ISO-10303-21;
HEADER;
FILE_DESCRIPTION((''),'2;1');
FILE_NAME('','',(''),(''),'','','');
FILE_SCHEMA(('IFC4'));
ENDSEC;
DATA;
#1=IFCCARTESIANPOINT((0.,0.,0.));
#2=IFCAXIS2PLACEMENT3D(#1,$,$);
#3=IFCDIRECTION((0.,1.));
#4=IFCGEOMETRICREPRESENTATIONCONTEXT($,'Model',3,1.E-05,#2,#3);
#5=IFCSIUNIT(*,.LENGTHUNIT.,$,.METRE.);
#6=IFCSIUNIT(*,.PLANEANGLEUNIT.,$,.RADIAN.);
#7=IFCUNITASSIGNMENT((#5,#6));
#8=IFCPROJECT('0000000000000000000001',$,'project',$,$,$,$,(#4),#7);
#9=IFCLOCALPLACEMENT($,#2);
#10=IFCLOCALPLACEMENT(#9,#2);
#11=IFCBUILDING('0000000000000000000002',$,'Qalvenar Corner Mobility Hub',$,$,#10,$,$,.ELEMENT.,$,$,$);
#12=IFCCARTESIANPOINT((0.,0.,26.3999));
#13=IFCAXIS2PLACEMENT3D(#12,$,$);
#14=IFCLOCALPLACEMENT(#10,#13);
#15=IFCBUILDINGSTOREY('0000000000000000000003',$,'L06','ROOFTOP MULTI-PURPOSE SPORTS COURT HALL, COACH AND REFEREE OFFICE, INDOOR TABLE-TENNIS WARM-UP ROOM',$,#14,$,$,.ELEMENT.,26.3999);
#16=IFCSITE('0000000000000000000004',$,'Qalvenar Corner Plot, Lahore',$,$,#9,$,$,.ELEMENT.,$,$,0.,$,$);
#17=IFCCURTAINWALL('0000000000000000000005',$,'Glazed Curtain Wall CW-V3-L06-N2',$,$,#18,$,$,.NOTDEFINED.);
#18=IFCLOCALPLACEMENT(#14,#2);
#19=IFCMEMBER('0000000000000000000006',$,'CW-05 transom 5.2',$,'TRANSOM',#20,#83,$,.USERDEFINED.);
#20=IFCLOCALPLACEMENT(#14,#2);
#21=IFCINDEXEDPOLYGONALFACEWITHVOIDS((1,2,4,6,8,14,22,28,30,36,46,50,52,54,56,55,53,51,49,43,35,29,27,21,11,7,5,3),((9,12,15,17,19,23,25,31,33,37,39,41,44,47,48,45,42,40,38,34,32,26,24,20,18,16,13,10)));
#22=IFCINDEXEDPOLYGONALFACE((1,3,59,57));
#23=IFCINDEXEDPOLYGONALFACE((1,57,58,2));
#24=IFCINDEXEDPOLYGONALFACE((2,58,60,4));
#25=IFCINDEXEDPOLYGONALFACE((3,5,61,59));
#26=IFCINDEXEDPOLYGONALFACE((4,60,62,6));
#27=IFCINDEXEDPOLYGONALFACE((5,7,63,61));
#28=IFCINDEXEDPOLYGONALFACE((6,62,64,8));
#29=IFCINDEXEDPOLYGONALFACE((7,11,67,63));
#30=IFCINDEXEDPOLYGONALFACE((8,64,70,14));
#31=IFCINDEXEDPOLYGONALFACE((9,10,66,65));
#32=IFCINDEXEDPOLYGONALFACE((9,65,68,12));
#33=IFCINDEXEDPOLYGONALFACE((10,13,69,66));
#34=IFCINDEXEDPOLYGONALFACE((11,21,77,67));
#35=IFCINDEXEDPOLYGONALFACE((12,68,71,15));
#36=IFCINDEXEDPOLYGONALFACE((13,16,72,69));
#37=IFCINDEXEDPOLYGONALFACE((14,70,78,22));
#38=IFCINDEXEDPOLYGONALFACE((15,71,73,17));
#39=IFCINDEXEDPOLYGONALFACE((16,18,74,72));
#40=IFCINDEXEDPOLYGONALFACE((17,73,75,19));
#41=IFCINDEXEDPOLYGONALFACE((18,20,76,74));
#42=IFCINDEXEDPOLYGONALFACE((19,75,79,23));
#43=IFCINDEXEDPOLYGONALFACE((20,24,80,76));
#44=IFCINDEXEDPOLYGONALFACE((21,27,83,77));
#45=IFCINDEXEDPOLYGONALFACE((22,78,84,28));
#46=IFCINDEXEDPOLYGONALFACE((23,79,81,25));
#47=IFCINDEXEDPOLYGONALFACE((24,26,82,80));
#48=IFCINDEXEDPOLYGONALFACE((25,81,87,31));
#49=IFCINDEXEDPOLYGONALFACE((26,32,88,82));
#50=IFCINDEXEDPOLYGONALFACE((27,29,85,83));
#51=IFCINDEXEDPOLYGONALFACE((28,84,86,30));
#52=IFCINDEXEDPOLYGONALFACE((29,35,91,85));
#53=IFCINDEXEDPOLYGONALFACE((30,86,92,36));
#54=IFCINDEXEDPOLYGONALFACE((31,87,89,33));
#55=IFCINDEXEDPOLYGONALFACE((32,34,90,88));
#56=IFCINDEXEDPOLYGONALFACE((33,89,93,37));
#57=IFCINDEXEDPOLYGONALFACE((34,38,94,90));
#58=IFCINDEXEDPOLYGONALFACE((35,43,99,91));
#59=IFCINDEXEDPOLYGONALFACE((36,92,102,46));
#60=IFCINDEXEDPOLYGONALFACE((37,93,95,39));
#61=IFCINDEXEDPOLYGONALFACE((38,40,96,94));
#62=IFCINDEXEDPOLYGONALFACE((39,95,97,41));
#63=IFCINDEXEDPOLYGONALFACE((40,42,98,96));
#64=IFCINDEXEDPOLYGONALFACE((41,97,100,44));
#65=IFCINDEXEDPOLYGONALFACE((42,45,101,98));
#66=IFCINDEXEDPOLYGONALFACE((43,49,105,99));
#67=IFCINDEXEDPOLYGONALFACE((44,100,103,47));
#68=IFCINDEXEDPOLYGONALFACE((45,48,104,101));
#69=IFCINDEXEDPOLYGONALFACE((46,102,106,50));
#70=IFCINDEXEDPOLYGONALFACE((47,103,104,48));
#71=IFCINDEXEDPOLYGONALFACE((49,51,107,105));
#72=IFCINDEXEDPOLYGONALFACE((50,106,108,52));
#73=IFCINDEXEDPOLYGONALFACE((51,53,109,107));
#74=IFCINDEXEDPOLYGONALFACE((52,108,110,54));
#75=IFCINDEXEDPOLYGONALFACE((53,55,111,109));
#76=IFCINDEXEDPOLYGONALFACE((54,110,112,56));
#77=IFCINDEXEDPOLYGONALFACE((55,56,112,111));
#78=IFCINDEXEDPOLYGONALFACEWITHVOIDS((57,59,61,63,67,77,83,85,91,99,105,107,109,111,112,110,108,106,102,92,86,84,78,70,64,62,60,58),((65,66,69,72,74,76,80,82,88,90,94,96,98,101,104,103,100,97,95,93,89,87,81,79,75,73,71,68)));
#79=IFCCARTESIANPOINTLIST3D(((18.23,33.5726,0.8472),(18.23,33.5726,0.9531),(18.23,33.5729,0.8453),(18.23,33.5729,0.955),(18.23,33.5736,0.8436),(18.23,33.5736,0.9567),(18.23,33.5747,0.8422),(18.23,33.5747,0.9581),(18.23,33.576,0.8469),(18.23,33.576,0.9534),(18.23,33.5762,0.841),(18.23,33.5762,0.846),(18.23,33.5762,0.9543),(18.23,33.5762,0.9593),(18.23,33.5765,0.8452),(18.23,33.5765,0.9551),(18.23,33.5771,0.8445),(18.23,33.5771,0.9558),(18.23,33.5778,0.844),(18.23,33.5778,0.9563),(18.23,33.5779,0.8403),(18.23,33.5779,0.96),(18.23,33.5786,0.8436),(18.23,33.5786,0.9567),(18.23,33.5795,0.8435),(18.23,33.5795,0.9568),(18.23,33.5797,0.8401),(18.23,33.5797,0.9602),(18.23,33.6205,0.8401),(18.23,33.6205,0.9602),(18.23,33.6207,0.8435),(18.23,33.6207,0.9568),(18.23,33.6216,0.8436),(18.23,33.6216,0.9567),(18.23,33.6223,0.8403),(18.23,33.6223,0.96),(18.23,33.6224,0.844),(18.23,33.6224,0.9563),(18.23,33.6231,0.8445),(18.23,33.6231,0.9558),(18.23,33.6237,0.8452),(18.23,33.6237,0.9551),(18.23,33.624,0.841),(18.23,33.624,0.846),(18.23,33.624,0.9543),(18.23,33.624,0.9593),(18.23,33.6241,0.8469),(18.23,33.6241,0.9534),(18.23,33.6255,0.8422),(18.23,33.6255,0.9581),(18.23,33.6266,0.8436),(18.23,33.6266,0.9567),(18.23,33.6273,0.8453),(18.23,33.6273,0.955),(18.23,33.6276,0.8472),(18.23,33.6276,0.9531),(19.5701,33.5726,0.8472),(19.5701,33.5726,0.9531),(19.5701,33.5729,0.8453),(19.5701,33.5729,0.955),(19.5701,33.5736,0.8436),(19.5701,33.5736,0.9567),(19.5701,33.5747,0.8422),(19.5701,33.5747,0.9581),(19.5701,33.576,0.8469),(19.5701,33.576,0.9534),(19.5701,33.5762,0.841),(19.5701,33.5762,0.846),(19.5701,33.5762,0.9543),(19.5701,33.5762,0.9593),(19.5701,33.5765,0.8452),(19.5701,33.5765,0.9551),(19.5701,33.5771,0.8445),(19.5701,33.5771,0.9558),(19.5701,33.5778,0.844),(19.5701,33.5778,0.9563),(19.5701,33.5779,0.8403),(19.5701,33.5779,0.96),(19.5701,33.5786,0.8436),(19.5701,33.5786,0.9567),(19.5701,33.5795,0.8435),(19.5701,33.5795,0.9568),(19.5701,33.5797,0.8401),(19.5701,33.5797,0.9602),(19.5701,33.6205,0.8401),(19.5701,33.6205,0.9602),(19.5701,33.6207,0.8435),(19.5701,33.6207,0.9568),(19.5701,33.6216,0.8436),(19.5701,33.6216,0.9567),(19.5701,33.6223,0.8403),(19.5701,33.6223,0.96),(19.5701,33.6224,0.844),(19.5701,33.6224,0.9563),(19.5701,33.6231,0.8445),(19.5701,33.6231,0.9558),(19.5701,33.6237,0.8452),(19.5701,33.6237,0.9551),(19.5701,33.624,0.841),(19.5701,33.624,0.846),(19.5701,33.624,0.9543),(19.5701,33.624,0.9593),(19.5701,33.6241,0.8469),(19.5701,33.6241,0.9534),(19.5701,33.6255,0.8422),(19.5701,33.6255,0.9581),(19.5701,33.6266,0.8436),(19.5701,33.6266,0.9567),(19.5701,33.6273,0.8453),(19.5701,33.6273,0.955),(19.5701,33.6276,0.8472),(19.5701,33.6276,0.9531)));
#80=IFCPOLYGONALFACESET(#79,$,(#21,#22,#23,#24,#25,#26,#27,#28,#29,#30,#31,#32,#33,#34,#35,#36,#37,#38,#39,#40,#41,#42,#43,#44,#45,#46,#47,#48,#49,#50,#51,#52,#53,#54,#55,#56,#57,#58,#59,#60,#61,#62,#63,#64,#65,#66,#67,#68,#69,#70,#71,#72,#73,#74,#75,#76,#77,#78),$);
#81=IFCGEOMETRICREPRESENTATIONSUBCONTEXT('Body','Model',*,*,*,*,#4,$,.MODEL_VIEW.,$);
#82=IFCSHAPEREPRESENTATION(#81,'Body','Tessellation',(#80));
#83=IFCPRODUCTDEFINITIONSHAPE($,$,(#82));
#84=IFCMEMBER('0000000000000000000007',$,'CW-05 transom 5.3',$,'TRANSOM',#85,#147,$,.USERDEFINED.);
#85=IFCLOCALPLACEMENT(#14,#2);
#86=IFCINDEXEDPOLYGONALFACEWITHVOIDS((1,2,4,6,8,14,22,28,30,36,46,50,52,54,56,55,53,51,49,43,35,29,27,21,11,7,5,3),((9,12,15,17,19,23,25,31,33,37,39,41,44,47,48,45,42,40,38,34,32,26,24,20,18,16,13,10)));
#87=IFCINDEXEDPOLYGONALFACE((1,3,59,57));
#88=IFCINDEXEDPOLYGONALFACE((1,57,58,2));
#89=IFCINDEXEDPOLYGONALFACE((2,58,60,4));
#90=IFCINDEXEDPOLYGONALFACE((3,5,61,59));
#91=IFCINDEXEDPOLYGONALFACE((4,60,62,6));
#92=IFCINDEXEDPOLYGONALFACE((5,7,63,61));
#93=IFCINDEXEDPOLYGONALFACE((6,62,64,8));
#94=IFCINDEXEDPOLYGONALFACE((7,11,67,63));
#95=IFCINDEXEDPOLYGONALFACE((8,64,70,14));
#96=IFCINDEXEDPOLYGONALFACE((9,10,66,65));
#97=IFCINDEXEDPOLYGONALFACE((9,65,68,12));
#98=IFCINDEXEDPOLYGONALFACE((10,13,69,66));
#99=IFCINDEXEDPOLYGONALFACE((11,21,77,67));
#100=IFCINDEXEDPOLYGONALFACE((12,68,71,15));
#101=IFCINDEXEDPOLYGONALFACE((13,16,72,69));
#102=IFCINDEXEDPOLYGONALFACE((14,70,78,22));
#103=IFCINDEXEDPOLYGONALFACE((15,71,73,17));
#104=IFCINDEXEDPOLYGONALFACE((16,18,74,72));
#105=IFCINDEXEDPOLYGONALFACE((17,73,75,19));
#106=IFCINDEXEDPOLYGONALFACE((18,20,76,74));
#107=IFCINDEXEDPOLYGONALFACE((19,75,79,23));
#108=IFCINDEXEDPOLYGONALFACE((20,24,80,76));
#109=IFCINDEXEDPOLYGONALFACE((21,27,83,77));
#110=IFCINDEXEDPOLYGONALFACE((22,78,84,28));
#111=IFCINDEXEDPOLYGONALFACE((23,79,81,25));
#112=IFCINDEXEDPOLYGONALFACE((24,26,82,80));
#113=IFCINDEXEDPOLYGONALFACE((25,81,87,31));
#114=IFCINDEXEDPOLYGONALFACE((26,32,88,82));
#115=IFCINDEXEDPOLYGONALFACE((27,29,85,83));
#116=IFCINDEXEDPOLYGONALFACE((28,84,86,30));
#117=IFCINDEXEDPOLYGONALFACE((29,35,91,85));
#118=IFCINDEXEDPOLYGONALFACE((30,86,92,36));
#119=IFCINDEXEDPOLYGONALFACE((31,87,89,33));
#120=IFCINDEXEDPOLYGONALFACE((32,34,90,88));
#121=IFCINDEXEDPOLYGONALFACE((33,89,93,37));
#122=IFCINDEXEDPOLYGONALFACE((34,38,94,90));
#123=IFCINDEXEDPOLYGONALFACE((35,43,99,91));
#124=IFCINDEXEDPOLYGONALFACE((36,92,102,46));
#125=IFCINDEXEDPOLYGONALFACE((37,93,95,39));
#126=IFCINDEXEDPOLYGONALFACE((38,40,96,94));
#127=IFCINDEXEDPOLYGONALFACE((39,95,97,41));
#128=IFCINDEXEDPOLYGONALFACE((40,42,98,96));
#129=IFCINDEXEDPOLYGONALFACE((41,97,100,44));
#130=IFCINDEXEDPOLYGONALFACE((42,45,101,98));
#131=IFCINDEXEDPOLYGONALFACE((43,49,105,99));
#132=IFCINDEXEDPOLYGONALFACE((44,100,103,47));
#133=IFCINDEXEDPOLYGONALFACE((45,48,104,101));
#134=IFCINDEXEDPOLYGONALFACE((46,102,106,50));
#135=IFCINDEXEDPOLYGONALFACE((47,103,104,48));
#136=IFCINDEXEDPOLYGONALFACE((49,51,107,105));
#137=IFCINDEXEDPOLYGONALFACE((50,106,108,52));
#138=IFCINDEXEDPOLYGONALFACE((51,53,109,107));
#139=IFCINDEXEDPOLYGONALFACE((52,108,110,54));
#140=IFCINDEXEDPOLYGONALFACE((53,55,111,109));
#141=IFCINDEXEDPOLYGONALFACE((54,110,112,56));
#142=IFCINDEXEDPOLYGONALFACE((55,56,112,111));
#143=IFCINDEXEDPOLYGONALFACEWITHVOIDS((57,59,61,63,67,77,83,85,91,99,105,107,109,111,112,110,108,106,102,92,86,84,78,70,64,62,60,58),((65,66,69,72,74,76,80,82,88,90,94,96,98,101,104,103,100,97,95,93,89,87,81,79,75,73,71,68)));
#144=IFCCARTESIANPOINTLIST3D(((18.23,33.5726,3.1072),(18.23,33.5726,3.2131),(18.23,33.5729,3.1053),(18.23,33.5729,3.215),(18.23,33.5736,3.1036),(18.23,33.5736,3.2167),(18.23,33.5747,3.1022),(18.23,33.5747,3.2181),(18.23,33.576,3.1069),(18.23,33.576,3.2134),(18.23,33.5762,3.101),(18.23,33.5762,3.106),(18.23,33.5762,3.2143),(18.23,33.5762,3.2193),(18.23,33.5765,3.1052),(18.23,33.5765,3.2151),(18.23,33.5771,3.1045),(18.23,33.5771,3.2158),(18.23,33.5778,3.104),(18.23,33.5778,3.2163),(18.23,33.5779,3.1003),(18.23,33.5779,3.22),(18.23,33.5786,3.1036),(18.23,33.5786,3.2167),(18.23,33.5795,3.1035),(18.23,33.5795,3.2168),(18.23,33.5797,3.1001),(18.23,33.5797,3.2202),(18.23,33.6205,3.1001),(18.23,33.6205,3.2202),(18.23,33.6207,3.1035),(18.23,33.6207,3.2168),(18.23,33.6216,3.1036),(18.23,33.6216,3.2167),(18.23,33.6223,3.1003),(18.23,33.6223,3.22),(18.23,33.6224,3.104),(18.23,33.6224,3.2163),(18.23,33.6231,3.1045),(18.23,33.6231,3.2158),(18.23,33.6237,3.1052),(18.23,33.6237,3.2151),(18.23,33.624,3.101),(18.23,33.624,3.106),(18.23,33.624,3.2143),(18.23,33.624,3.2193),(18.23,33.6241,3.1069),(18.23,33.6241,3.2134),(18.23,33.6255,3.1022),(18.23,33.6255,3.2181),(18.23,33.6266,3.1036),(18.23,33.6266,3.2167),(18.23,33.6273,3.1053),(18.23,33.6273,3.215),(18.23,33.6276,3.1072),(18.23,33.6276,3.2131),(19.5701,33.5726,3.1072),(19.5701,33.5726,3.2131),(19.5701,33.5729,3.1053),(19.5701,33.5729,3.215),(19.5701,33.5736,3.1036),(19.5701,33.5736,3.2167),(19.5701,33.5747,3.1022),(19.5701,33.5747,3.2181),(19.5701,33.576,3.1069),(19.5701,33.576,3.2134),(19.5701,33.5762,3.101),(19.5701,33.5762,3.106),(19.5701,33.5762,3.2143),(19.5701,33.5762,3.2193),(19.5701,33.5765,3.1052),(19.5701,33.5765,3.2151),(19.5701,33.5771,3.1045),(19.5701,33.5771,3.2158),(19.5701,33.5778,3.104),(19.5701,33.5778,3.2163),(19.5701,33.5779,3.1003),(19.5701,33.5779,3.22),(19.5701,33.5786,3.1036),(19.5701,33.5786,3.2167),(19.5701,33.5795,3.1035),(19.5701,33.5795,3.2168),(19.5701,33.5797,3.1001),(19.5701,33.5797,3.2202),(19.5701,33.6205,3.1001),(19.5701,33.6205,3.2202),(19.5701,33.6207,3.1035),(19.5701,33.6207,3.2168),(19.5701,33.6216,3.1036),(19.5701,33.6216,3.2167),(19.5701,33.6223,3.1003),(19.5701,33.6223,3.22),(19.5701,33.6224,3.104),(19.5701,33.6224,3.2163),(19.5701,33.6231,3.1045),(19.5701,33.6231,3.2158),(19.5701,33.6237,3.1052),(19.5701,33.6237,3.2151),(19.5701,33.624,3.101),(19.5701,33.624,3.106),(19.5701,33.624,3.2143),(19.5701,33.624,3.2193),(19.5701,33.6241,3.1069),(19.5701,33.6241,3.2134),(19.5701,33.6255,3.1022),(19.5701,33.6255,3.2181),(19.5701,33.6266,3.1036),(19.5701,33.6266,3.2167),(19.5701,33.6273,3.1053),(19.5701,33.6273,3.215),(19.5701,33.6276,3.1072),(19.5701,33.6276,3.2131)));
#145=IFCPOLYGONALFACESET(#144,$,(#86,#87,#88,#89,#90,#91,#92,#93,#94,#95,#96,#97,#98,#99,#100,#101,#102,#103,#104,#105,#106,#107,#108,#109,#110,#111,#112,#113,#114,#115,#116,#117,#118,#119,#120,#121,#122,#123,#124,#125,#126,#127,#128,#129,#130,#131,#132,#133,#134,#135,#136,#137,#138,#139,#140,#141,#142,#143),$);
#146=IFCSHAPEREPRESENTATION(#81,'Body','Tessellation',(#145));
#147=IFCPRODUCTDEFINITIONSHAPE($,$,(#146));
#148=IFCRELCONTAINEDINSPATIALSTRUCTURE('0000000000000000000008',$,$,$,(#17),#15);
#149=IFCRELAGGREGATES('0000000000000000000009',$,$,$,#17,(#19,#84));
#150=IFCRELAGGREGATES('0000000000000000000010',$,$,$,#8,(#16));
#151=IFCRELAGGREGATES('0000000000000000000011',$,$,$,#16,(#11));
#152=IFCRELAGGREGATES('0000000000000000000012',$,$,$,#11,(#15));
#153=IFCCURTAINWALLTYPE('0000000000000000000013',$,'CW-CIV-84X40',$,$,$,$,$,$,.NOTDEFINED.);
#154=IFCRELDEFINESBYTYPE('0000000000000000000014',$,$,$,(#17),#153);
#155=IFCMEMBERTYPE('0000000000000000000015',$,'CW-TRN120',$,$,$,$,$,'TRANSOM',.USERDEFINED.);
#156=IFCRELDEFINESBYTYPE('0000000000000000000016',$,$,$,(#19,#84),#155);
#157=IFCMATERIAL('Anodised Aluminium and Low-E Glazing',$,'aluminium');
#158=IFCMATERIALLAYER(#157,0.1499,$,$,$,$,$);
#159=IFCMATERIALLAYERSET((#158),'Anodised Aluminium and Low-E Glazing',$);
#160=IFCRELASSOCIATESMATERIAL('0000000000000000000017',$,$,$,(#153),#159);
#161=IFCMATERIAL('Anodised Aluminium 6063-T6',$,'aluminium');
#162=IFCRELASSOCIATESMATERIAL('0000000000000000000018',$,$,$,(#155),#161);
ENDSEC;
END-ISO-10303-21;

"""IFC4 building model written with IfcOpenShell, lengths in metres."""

from ifc_helpers import new_model, si_unit, direction, frame, origin, origin_2d, place, context, subcontext, project, spatial, hollow_rectangle, extrude, material, layer, layer_set, material_profile, profile_set, type_object, element, aggregate, save


model = new_model("IFC4")

# Units and contexts
model_context = context("Model", 3, precision=1e-05, world=origin(), true_north=direction((0.0, 1.0)))
body_context = subcontext(model_context, "Body", "Model", "MODEL_VIEW")
ifc_project = project(units=[si_unit("LENGTHUNIT", "METRE"), si_unit("PLANEANGLEUNIT", "RADIAN")], contexts=[model_context])

# Site, building, storey
site_placement = place(None, origin())
site = spatial("IfcSite", under=ifc_project, at=site_placement, Name="Qalvenar Corner Plot, Lahore", CompositionType="ELEMENT", RefElevation=0.0)
building_placement = place(site_placement, origin())
building = spatial("IfcBuilding", under=site, at=building_placement, Name="Qalvenar Corner Mobility Hub", CompositionType="ELEMENT")
storey_placement = place(building_placement, frame((0.0, 0.0, 26.3999)))
storey = spatial("IfcBuildingStorey", under=building, at=storey_placement, Name="L06", Description="ROOFTOP MULTI-PURPOSE SPORTS COURT HALL, COACH AND REFEREE OFFICE, INDOOR TABLE-TENNIS WARM-UP ROOM", CompositionType="ELEMENT", Elevation=26.3999)

# Curtain wall
ifc_material_1 = material(Name="Anodised Aluminium and Low-E Glazing", Category="aluminium")
ifc_material_2 = material(Name="Anodised Aluminium 6063-T6", Category="aluminium")
ifc_layer_1 = layer(ifc_material_1, 0.1499)
ifc_layer_set_1 = layer_set([ifc_layer_1], Name="Anodised Aluminium and Low-E Glazing")
curtain_wall_type_1 = type_object("IfcCurtainWallType", Name="CW-CIV-84X40", PredefinedType="NOTDEFINED", material=ifc_layer_set_1)
curtain_wall_1_placement = place(storey_placement, origin())
curtain_wall_1 = element("IfcCurtainWall", 1, at=curtain_wall_1_placement, inside=storey, type_object=curtain_wall_type_1, Name="Glazed Curtain Wall CW-V3-L06-N2", PredefinedType="NOTDEFINED")

# Members
ifc_material_profile_1 = material_profile(ifc_material_2, hollow_rectangle(XDim=0.0549, YDim=0.1201, WallThickness=0.0034, InnerFilletRadius=0.0034, OuterFilletRadius=0.0071, at=origin_2d()), Name="RHS120x55x3.5")
ifc_profile_set_1 = profile_set([ifc_material_profile_1], Name="Anodised Aluminium 6063-T6")
member_type_1 = type_object("IfcMemberType", Name="CW-TRN120", ElementType="TRANSOM", PredefinedType="USERDEFINED", material=ifc_profile_set_1)
member_1_placement = place(storey_placement, frame((19.5701, 33.6001, 0.9001), z_axis=(-1.0, 0.0, 0.0), x_axis=(0.0, -1.0, 0.0)))
member_1 = element("IfcMember", 2, at=member_1_placement, type_object=member_type_1, Name="CW-05 transom 5.2", ObjectType="TRANSOM", PredefinedType="USERDEFINED", context=body_context, shape_type="SweptSolid", body=[
    extrude(hollow_rectangle(XDim=0.0549, YDim=0.1201, WallThickness=0.0034, InnerFilletRadius=0.0034, OuterFilletRadius=0.0071, at=origin_2d()), origin(), (0.0, 0.0, 1.0), 1.3401),
])
member_2_placement = place(storey_placement, frame((19.5701, 33.6001, 3.1602), z_axis=(-1.0, 0.0, 0.0), x_axis=(0.0, -1.0, 0.0)))
member_2 = element("IfcMember", 3, at=member_2_placement, type_object=member_type_1, Name="CW-05 transom 5.3", ObjectType="TRANSOM", PredefinedType="USERDEFINED", context=body_context, shape_type="SweptSolid", body=[
    extrude(hollow_rectangle(XDim=0.0549, YDim=0.1201, WallThickness=0.0034, InnerFilletRadius=0.0034, OuterFilletRadius=0.0071, at=origin_2d()), origin(), (0.0, 0.0, 1.0), 1.3401),
])

aggregate(curtain_wall_1, [member_1, member_2])

save(model, "model.ifc")
